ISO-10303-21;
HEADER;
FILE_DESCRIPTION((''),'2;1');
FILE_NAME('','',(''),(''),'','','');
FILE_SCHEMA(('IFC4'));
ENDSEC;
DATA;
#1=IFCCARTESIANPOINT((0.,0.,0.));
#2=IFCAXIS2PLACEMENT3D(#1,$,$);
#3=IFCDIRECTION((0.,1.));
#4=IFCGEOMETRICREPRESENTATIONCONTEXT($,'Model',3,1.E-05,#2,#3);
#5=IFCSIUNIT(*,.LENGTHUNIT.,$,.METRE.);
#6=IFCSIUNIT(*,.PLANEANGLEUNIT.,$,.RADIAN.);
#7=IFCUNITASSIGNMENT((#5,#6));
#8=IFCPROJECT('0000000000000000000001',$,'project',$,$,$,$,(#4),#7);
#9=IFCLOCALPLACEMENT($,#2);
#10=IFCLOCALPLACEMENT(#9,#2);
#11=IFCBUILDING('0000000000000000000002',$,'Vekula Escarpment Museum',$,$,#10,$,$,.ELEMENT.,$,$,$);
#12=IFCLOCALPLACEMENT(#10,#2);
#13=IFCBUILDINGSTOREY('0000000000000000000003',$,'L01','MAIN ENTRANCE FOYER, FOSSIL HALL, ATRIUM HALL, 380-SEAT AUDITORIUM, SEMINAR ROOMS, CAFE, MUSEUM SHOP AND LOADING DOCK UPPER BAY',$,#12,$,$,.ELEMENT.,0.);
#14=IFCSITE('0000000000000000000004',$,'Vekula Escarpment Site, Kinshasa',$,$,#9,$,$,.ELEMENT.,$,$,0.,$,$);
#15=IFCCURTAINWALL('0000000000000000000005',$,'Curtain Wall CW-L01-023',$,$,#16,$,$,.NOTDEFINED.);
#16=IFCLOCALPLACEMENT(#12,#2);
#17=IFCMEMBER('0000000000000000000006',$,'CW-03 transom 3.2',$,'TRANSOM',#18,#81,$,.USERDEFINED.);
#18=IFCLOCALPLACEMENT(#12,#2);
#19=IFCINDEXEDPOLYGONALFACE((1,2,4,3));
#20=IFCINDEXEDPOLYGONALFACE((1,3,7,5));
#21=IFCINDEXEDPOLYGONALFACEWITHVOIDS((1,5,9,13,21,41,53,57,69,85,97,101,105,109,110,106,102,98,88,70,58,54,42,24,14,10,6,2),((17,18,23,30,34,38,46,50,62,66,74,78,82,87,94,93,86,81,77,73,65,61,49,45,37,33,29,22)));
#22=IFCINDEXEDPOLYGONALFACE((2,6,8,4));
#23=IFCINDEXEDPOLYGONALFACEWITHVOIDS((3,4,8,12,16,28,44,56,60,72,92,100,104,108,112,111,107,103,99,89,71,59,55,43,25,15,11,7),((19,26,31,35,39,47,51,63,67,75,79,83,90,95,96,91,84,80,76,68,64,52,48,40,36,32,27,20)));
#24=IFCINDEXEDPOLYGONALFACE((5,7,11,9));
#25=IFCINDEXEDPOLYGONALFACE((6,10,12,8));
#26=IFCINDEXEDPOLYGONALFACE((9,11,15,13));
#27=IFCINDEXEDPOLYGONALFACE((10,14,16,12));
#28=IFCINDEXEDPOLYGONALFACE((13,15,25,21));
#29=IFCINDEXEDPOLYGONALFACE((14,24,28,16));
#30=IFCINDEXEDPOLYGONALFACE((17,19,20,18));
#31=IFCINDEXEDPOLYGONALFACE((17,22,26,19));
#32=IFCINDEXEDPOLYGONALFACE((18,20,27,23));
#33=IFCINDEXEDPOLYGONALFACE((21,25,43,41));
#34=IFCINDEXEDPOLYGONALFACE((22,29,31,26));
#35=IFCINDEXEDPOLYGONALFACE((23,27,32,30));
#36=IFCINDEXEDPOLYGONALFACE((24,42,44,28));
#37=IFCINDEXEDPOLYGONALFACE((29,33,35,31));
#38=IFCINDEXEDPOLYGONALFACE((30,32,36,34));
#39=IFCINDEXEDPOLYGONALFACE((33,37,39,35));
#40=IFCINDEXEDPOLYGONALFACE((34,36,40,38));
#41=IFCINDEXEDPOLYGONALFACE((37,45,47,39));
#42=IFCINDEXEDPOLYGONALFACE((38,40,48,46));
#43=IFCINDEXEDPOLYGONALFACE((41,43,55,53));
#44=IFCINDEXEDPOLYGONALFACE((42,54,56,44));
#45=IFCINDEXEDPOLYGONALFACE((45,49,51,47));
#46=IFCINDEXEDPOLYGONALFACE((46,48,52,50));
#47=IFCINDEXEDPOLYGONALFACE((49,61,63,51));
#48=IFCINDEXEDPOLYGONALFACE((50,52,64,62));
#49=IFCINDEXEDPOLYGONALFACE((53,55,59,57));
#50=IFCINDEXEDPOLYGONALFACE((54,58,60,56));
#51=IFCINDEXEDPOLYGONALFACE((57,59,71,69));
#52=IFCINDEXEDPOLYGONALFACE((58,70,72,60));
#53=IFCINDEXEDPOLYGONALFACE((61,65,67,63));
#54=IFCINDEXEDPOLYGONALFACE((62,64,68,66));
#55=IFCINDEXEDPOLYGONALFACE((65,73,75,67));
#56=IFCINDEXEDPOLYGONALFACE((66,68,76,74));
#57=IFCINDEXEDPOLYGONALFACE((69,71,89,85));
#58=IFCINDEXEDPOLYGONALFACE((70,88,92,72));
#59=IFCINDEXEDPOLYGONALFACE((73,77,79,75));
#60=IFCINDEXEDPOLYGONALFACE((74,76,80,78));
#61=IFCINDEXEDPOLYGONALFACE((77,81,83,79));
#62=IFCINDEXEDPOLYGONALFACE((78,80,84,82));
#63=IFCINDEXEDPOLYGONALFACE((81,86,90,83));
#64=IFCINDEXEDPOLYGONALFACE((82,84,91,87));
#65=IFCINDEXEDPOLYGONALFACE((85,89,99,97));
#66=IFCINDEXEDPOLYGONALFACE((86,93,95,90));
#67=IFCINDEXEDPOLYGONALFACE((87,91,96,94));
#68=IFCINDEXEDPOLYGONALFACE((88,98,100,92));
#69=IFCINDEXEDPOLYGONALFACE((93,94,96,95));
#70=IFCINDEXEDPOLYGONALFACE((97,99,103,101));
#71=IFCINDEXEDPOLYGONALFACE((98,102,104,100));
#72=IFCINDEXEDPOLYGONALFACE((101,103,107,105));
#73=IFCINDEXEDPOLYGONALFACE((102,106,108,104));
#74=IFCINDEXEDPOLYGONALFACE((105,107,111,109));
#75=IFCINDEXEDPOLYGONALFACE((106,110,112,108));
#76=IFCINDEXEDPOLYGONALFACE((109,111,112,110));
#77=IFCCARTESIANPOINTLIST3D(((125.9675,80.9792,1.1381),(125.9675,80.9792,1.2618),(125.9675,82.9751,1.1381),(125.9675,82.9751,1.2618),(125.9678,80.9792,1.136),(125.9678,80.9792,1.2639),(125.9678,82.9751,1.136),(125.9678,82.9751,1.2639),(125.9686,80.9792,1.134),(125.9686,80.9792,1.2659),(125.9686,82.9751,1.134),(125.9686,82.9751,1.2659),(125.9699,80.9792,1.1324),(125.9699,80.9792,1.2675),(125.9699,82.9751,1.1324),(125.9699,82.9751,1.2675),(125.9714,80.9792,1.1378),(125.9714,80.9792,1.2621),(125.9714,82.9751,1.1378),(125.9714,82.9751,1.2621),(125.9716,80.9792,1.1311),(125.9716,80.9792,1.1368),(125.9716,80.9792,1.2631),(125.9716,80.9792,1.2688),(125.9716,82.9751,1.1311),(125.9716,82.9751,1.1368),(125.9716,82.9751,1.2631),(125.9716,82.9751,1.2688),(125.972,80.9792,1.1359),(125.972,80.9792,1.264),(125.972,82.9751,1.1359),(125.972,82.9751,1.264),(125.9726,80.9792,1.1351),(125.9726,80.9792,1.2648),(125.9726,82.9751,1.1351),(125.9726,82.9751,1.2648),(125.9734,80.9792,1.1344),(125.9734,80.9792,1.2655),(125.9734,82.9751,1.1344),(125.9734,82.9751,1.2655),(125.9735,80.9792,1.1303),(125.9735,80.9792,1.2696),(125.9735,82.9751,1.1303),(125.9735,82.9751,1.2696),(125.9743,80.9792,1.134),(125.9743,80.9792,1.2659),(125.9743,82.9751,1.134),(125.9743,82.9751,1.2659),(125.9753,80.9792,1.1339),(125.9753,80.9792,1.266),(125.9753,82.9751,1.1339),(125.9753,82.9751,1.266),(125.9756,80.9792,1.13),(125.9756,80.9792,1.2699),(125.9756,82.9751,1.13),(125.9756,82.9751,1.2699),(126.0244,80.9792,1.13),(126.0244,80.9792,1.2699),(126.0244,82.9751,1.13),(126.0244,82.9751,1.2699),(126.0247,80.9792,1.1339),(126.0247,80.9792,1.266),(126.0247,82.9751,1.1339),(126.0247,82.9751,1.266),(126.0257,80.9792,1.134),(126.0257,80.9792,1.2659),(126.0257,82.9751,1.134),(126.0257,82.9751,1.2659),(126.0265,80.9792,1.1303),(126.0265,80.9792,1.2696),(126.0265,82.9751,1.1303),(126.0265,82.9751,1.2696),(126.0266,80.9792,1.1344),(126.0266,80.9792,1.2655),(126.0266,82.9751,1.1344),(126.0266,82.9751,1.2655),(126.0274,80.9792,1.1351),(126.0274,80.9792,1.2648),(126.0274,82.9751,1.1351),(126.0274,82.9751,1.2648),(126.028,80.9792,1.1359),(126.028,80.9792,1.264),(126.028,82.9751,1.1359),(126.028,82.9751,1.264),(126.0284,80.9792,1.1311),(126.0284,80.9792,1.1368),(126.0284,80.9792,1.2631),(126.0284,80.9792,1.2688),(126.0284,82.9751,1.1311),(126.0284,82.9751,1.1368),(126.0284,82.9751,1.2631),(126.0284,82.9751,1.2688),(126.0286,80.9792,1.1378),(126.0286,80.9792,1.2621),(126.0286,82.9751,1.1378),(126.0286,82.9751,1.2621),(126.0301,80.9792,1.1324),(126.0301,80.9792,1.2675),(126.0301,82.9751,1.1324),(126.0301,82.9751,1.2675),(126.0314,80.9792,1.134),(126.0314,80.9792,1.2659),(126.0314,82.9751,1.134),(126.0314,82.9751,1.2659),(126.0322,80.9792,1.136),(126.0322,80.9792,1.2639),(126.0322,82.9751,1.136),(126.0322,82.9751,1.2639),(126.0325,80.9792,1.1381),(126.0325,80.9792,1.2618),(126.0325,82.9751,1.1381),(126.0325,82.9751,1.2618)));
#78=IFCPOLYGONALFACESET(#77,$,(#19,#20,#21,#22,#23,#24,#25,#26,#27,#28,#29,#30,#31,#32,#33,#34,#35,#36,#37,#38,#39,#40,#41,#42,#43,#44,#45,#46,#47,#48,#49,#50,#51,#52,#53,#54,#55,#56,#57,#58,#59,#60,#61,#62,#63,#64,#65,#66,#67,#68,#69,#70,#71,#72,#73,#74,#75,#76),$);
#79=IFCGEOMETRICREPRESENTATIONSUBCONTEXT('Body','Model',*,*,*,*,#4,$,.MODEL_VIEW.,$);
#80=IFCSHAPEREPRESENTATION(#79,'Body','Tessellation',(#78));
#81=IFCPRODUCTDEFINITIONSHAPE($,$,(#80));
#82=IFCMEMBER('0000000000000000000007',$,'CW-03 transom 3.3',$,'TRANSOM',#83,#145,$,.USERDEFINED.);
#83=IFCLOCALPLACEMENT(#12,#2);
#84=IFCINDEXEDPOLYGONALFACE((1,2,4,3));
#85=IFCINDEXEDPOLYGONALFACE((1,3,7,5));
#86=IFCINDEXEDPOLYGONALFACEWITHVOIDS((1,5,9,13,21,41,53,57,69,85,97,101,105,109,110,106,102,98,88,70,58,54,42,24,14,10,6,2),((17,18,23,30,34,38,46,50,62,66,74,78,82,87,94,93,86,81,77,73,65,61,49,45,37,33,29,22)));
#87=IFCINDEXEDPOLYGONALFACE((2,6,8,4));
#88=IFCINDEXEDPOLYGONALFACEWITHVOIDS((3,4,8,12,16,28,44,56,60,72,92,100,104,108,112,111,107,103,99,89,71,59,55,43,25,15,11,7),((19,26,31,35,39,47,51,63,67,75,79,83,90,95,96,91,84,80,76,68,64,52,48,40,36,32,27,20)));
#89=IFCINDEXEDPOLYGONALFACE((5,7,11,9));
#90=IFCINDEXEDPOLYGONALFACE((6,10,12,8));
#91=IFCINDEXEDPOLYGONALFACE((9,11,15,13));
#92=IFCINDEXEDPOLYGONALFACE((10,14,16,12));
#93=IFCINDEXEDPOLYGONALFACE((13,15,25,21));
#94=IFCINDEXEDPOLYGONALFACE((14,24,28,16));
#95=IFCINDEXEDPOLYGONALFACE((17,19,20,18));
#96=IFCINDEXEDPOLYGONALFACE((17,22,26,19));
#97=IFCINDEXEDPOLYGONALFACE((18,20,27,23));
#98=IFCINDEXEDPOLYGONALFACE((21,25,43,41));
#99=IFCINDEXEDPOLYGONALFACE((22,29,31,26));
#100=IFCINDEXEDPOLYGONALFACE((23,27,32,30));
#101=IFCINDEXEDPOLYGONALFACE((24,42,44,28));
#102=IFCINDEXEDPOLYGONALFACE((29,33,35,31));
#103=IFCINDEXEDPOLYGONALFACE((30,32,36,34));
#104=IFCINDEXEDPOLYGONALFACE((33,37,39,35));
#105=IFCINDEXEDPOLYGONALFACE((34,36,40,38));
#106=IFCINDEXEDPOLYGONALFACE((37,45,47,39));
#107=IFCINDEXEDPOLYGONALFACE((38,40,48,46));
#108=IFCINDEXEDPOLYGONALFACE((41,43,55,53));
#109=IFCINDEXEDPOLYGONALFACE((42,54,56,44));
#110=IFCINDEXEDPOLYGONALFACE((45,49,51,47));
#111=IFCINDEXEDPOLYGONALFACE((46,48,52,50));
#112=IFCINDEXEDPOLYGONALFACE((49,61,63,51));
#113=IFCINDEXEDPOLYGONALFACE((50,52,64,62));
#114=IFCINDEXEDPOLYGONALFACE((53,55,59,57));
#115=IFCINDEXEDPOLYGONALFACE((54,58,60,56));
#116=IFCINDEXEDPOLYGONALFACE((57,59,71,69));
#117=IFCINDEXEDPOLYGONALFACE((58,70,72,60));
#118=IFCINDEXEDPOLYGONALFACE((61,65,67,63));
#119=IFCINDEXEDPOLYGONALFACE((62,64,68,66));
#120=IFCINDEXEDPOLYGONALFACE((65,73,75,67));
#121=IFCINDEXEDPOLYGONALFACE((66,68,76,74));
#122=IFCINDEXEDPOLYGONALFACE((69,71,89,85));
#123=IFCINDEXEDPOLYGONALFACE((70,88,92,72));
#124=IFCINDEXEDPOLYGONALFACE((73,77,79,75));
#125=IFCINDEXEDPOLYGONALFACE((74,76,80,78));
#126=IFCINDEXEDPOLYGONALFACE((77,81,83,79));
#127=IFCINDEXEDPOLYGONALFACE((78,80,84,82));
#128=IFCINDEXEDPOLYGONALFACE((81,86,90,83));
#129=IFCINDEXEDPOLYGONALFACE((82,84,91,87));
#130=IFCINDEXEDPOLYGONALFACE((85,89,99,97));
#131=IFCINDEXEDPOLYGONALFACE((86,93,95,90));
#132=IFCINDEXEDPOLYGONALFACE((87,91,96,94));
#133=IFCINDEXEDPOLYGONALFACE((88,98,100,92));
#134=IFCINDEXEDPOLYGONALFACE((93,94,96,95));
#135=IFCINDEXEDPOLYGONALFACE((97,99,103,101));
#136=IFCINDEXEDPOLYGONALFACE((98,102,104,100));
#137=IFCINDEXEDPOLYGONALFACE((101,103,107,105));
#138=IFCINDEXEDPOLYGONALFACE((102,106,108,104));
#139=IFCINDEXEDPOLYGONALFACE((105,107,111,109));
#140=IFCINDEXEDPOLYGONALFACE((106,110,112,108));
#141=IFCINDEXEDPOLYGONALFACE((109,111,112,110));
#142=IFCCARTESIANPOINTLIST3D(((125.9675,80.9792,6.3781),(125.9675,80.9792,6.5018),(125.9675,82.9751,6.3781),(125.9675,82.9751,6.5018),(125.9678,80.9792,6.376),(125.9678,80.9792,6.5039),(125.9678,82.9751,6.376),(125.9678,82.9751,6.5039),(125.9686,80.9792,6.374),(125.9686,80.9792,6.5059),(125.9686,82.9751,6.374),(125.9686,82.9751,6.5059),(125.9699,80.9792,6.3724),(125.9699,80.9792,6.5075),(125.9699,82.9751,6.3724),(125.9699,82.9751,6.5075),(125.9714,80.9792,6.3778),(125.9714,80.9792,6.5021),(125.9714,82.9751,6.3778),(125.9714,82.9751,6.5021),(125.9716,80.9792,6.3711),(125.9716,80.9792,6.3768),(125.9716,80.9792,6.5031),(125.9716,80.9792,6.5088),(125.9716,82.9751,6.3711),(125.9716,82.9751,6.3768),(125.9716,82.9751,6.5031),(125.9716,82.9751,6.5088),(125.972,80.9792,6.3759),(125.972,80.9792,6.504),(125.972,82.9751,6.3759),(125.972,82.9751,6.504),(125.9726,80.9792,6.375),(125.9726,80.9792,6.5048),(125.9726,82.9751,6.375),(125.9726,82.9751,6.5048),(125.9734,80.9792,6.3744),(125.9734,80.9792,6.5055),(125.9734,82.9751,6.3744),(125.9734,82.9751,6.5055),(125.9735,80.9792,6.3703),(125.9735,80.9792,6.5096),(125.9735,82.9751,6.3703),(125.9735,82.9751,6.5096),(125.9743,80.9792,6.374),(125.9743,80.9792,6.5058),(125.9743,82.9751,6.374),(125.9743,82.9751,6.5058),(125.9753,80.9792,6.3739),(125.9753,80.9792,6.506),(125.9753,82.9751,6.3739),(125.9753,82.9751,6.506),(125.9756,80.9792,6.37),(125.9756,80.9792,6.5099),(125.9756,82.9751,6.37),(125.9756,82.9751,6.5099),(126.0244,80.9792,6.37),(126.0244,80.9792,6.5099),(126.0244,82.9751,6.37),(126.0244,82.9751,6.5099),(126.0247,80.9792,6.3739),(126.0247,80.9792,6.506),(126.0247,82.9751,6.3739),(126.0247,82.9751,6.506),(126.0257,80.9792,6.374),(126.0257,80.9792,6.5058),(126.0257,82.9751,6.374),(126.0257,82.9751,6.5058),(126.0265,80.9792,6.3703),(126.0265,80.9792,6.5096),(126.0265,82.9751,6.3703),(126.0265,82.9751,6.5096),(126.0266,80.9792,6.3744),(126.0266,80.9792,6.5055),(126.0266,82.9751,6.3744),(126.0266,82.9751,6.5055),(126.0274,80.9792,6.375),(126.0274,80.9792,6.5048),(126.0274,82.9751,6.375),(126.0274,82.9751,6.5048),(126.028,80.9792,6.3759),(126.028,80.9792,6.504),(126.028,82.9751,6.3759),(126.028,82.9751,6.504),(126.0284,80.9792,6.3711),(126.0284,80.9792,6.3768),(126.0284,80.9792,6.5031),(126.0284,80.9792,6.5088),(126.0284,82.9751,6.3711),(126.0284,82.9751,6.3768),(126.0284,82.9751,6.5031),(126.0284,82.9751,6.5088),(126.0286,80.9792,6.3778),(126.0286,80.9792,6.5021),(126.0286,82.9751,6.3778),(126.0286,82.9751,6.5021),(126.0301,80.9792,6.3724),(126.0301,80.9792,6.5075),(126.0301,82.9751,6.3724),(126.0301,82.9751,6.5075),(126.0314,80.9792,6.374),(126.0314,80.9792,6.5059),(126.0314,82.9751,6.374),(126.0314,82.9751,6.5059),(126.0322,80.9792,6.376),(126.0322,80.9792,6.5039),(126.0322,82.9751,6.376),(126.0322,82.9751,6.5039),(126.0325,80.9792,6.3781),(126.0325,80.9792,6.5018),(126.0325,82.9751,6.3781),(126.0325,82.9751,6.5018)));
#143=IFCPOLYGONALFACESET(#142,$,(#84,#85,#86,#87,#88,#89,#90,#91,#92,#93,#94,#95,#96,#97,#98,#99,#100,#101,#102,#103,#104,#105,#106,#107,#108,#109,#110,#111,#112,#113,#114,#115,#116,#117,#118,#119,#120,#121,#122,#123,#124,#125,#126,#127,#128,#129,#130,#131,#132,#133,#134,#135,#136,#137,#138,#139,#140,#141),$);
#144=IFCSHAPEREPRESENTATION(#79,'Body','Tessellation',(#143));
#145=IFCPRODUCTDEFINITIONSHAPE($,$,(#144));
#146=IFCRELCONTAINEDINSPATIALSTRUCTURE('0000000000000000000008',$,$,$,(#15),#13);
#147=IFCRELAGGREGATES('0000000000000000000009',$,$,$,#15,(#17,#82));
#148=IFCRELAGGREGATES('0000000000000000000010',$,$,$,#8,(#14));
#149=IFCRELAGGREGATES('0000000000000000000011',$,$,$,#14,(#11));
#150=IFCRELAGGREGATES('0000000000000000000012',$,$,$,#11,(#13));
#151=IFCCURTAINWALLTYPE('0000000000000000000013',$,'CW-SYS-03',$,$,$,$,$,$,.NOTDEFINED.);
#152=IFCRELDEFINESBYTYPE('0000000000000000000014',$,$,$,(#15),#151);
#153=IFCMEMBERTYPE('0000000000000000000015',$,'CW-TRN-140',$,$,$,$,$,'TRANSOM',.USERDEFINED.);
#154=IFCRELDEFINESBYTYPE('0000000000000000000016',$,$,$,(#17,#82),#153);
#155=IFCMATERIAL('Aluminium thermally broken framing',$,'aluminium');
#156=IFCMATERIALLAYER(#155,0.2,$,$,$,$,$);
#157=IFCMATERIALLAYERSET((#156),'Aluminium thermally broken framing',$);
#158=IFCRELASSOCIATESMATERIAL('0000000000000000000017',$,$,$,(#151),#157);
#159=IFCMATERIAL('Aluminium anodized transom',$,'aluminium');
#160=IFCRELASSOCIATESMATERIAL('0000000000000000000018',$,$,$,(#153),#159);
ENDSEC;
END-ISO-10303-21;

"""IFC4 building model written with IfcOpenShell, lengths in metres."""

from ifc_helpers import new_model, si_unit, direction, frame, origin, origin_2d, place, context, subcontext, project, spatial, hollow_rectangle, extrude, material, layer, layer_set, material_profile, profile_set, type_object, element, aggregate, save


model = new_model("IFC4")

# Units and contexts
model_context = context("Model", 3, precision=1e-05, world=origin(), true_north=direction((0.0, 1.0)))
body_context = subcontext(model_context, "Body", "Model", "MODEL_VIEW")
ifc_project = project(units=[si_unit("LENGTHUNIT", "METRE"), si_unit("PLANEANGLEUNIT", "RADIAN")], contexts=[model_context])

# Site, building, storey
site_placement = place(None, origin())
site = spatial("IfcSite", under=ifc_project, at=site_placement, Name="Vekula Escarpment Site, Kinshasa", CompositionType="ELEMENT", RefElevation=0.0)
building_placement = place(site_placement, origin())
building = spatial("IfcBuilding", under=site, at=building_placement, Name="Vekula Escarpment Museum", CompositionType="ELEMENT")
storey_placement = place(building_placement, origin())
storey = spatial("IfcBuildingStorey", under=building, at=storey_placement, Name="L01", Description="MAIN ENTRANCE FOYER, FOSSIL HALL, ATRIUM HALL, 380-SEAT AUDITORIUM, SEMINAR ROOMS, CAFE, MUSEUM SHOP AND LOADING DOCK UPPER BAY", CompositionType="ELEMENT", Elevation=0.0)

# Curtain wall
ifc_material_1 = material(Name="Aluminium thermally broken framing", Category="aluminium")
ifc_layer_1 = layer(ifc_material_1, 0.2)
ifc_layer_set_1 = layer_set([ifc_layer_1], Name="Aluminium thermally broken framing")
curtain_wall_type_1 = type_object("IfcCurtainWallType", Name="CW-SYS-03", PredefinedType="NOTDEFINED", material=ifc_layer_set_1)
curtain_wall_1_placement = place(storey_placement, origin())
curtain_wall_1 = element("IfcCurtainWall", 1, at=curtain_wall_1_placement, inside=storey, type_object=curtain_wall_type_1, Name="Curtain Wall CW-L01-023", PredefinedType="NOTDEFINED")

# Members
ifc_material_2 = material(Name="Aluminium anodized transom", Category="aluminium")
ifc_material_profile_1 = material_profile(ifc_material_2, hollow_rectangle(XDim=0.0649, YDim=0.1399, WallThickness=0.0039, InnerFilletRadius=0.0039, OuterFilletRadius=0.0081, at=origin_2d()), Name="ALU 140x65x4")
ifc_profile_set_1 = profile_set([ifc_material_profile_1], Name="Aluminium anodized transom")
member_type_1 = type_object("IfcMemberType", Name="CW-TRN-140", ElementType="TRANSOM", PredefinedType="USERDEFINED", material=ifc_profile_set_1)
member_1_placement = place(storey_placement, frame((126.0, 80.9792, 1.2), z_axis=(0.0, 1.0, 0.0), x_axis=(-1.0, 0.0, 0.0)))
member_1 = element("IfcMember", 2, at=member_1_placement, type_object=member_type_1, Name="CW-03 transom 3.2", ObjectType="TRANSOM", PredefinedType="USERDEFINED", context=body_context, shape_type="SweptSolid", body=[
    extrude(hollow_rectangle(XDim=0.0649, YDim=0.1399, WallThickness=0.0039, InnerFilletRadius=0.0039, OuterFilletRadius=0.0081, at=origin_2d()), origin(), (0.0, 0.0, 1.0), 1.9958),
])
member_2_placement = place(storey_placement, frame((126.0, 80.9792, 6.4399), z_axis=(0.0, 1.0, 0.0), x_axis=(-1.0, 0.0, 0.0)))
member_2 = element("IfcMember", 3, at=member_2_placement, type_object=member_type_1, Name="CW-03 transom 3.3", ObjectType="TRANSOM", PredefinedType="USERDEFINED", context=body_context, shape_type="SweptSolid", body=[
    extrude(hollow_rectangle(XDim=0.0649, YDim=0.1399, WallThickness=0.0039, InnerFilletRadius=0.0039, OuterFilletRadius=0.0081, at=origin_2d()), origin(), (0.0, 0.0, 1.0), 1.9958),
])

aggregate(curtain_wall_1, [member_1, member_2])

save(model, "model.ifc")
